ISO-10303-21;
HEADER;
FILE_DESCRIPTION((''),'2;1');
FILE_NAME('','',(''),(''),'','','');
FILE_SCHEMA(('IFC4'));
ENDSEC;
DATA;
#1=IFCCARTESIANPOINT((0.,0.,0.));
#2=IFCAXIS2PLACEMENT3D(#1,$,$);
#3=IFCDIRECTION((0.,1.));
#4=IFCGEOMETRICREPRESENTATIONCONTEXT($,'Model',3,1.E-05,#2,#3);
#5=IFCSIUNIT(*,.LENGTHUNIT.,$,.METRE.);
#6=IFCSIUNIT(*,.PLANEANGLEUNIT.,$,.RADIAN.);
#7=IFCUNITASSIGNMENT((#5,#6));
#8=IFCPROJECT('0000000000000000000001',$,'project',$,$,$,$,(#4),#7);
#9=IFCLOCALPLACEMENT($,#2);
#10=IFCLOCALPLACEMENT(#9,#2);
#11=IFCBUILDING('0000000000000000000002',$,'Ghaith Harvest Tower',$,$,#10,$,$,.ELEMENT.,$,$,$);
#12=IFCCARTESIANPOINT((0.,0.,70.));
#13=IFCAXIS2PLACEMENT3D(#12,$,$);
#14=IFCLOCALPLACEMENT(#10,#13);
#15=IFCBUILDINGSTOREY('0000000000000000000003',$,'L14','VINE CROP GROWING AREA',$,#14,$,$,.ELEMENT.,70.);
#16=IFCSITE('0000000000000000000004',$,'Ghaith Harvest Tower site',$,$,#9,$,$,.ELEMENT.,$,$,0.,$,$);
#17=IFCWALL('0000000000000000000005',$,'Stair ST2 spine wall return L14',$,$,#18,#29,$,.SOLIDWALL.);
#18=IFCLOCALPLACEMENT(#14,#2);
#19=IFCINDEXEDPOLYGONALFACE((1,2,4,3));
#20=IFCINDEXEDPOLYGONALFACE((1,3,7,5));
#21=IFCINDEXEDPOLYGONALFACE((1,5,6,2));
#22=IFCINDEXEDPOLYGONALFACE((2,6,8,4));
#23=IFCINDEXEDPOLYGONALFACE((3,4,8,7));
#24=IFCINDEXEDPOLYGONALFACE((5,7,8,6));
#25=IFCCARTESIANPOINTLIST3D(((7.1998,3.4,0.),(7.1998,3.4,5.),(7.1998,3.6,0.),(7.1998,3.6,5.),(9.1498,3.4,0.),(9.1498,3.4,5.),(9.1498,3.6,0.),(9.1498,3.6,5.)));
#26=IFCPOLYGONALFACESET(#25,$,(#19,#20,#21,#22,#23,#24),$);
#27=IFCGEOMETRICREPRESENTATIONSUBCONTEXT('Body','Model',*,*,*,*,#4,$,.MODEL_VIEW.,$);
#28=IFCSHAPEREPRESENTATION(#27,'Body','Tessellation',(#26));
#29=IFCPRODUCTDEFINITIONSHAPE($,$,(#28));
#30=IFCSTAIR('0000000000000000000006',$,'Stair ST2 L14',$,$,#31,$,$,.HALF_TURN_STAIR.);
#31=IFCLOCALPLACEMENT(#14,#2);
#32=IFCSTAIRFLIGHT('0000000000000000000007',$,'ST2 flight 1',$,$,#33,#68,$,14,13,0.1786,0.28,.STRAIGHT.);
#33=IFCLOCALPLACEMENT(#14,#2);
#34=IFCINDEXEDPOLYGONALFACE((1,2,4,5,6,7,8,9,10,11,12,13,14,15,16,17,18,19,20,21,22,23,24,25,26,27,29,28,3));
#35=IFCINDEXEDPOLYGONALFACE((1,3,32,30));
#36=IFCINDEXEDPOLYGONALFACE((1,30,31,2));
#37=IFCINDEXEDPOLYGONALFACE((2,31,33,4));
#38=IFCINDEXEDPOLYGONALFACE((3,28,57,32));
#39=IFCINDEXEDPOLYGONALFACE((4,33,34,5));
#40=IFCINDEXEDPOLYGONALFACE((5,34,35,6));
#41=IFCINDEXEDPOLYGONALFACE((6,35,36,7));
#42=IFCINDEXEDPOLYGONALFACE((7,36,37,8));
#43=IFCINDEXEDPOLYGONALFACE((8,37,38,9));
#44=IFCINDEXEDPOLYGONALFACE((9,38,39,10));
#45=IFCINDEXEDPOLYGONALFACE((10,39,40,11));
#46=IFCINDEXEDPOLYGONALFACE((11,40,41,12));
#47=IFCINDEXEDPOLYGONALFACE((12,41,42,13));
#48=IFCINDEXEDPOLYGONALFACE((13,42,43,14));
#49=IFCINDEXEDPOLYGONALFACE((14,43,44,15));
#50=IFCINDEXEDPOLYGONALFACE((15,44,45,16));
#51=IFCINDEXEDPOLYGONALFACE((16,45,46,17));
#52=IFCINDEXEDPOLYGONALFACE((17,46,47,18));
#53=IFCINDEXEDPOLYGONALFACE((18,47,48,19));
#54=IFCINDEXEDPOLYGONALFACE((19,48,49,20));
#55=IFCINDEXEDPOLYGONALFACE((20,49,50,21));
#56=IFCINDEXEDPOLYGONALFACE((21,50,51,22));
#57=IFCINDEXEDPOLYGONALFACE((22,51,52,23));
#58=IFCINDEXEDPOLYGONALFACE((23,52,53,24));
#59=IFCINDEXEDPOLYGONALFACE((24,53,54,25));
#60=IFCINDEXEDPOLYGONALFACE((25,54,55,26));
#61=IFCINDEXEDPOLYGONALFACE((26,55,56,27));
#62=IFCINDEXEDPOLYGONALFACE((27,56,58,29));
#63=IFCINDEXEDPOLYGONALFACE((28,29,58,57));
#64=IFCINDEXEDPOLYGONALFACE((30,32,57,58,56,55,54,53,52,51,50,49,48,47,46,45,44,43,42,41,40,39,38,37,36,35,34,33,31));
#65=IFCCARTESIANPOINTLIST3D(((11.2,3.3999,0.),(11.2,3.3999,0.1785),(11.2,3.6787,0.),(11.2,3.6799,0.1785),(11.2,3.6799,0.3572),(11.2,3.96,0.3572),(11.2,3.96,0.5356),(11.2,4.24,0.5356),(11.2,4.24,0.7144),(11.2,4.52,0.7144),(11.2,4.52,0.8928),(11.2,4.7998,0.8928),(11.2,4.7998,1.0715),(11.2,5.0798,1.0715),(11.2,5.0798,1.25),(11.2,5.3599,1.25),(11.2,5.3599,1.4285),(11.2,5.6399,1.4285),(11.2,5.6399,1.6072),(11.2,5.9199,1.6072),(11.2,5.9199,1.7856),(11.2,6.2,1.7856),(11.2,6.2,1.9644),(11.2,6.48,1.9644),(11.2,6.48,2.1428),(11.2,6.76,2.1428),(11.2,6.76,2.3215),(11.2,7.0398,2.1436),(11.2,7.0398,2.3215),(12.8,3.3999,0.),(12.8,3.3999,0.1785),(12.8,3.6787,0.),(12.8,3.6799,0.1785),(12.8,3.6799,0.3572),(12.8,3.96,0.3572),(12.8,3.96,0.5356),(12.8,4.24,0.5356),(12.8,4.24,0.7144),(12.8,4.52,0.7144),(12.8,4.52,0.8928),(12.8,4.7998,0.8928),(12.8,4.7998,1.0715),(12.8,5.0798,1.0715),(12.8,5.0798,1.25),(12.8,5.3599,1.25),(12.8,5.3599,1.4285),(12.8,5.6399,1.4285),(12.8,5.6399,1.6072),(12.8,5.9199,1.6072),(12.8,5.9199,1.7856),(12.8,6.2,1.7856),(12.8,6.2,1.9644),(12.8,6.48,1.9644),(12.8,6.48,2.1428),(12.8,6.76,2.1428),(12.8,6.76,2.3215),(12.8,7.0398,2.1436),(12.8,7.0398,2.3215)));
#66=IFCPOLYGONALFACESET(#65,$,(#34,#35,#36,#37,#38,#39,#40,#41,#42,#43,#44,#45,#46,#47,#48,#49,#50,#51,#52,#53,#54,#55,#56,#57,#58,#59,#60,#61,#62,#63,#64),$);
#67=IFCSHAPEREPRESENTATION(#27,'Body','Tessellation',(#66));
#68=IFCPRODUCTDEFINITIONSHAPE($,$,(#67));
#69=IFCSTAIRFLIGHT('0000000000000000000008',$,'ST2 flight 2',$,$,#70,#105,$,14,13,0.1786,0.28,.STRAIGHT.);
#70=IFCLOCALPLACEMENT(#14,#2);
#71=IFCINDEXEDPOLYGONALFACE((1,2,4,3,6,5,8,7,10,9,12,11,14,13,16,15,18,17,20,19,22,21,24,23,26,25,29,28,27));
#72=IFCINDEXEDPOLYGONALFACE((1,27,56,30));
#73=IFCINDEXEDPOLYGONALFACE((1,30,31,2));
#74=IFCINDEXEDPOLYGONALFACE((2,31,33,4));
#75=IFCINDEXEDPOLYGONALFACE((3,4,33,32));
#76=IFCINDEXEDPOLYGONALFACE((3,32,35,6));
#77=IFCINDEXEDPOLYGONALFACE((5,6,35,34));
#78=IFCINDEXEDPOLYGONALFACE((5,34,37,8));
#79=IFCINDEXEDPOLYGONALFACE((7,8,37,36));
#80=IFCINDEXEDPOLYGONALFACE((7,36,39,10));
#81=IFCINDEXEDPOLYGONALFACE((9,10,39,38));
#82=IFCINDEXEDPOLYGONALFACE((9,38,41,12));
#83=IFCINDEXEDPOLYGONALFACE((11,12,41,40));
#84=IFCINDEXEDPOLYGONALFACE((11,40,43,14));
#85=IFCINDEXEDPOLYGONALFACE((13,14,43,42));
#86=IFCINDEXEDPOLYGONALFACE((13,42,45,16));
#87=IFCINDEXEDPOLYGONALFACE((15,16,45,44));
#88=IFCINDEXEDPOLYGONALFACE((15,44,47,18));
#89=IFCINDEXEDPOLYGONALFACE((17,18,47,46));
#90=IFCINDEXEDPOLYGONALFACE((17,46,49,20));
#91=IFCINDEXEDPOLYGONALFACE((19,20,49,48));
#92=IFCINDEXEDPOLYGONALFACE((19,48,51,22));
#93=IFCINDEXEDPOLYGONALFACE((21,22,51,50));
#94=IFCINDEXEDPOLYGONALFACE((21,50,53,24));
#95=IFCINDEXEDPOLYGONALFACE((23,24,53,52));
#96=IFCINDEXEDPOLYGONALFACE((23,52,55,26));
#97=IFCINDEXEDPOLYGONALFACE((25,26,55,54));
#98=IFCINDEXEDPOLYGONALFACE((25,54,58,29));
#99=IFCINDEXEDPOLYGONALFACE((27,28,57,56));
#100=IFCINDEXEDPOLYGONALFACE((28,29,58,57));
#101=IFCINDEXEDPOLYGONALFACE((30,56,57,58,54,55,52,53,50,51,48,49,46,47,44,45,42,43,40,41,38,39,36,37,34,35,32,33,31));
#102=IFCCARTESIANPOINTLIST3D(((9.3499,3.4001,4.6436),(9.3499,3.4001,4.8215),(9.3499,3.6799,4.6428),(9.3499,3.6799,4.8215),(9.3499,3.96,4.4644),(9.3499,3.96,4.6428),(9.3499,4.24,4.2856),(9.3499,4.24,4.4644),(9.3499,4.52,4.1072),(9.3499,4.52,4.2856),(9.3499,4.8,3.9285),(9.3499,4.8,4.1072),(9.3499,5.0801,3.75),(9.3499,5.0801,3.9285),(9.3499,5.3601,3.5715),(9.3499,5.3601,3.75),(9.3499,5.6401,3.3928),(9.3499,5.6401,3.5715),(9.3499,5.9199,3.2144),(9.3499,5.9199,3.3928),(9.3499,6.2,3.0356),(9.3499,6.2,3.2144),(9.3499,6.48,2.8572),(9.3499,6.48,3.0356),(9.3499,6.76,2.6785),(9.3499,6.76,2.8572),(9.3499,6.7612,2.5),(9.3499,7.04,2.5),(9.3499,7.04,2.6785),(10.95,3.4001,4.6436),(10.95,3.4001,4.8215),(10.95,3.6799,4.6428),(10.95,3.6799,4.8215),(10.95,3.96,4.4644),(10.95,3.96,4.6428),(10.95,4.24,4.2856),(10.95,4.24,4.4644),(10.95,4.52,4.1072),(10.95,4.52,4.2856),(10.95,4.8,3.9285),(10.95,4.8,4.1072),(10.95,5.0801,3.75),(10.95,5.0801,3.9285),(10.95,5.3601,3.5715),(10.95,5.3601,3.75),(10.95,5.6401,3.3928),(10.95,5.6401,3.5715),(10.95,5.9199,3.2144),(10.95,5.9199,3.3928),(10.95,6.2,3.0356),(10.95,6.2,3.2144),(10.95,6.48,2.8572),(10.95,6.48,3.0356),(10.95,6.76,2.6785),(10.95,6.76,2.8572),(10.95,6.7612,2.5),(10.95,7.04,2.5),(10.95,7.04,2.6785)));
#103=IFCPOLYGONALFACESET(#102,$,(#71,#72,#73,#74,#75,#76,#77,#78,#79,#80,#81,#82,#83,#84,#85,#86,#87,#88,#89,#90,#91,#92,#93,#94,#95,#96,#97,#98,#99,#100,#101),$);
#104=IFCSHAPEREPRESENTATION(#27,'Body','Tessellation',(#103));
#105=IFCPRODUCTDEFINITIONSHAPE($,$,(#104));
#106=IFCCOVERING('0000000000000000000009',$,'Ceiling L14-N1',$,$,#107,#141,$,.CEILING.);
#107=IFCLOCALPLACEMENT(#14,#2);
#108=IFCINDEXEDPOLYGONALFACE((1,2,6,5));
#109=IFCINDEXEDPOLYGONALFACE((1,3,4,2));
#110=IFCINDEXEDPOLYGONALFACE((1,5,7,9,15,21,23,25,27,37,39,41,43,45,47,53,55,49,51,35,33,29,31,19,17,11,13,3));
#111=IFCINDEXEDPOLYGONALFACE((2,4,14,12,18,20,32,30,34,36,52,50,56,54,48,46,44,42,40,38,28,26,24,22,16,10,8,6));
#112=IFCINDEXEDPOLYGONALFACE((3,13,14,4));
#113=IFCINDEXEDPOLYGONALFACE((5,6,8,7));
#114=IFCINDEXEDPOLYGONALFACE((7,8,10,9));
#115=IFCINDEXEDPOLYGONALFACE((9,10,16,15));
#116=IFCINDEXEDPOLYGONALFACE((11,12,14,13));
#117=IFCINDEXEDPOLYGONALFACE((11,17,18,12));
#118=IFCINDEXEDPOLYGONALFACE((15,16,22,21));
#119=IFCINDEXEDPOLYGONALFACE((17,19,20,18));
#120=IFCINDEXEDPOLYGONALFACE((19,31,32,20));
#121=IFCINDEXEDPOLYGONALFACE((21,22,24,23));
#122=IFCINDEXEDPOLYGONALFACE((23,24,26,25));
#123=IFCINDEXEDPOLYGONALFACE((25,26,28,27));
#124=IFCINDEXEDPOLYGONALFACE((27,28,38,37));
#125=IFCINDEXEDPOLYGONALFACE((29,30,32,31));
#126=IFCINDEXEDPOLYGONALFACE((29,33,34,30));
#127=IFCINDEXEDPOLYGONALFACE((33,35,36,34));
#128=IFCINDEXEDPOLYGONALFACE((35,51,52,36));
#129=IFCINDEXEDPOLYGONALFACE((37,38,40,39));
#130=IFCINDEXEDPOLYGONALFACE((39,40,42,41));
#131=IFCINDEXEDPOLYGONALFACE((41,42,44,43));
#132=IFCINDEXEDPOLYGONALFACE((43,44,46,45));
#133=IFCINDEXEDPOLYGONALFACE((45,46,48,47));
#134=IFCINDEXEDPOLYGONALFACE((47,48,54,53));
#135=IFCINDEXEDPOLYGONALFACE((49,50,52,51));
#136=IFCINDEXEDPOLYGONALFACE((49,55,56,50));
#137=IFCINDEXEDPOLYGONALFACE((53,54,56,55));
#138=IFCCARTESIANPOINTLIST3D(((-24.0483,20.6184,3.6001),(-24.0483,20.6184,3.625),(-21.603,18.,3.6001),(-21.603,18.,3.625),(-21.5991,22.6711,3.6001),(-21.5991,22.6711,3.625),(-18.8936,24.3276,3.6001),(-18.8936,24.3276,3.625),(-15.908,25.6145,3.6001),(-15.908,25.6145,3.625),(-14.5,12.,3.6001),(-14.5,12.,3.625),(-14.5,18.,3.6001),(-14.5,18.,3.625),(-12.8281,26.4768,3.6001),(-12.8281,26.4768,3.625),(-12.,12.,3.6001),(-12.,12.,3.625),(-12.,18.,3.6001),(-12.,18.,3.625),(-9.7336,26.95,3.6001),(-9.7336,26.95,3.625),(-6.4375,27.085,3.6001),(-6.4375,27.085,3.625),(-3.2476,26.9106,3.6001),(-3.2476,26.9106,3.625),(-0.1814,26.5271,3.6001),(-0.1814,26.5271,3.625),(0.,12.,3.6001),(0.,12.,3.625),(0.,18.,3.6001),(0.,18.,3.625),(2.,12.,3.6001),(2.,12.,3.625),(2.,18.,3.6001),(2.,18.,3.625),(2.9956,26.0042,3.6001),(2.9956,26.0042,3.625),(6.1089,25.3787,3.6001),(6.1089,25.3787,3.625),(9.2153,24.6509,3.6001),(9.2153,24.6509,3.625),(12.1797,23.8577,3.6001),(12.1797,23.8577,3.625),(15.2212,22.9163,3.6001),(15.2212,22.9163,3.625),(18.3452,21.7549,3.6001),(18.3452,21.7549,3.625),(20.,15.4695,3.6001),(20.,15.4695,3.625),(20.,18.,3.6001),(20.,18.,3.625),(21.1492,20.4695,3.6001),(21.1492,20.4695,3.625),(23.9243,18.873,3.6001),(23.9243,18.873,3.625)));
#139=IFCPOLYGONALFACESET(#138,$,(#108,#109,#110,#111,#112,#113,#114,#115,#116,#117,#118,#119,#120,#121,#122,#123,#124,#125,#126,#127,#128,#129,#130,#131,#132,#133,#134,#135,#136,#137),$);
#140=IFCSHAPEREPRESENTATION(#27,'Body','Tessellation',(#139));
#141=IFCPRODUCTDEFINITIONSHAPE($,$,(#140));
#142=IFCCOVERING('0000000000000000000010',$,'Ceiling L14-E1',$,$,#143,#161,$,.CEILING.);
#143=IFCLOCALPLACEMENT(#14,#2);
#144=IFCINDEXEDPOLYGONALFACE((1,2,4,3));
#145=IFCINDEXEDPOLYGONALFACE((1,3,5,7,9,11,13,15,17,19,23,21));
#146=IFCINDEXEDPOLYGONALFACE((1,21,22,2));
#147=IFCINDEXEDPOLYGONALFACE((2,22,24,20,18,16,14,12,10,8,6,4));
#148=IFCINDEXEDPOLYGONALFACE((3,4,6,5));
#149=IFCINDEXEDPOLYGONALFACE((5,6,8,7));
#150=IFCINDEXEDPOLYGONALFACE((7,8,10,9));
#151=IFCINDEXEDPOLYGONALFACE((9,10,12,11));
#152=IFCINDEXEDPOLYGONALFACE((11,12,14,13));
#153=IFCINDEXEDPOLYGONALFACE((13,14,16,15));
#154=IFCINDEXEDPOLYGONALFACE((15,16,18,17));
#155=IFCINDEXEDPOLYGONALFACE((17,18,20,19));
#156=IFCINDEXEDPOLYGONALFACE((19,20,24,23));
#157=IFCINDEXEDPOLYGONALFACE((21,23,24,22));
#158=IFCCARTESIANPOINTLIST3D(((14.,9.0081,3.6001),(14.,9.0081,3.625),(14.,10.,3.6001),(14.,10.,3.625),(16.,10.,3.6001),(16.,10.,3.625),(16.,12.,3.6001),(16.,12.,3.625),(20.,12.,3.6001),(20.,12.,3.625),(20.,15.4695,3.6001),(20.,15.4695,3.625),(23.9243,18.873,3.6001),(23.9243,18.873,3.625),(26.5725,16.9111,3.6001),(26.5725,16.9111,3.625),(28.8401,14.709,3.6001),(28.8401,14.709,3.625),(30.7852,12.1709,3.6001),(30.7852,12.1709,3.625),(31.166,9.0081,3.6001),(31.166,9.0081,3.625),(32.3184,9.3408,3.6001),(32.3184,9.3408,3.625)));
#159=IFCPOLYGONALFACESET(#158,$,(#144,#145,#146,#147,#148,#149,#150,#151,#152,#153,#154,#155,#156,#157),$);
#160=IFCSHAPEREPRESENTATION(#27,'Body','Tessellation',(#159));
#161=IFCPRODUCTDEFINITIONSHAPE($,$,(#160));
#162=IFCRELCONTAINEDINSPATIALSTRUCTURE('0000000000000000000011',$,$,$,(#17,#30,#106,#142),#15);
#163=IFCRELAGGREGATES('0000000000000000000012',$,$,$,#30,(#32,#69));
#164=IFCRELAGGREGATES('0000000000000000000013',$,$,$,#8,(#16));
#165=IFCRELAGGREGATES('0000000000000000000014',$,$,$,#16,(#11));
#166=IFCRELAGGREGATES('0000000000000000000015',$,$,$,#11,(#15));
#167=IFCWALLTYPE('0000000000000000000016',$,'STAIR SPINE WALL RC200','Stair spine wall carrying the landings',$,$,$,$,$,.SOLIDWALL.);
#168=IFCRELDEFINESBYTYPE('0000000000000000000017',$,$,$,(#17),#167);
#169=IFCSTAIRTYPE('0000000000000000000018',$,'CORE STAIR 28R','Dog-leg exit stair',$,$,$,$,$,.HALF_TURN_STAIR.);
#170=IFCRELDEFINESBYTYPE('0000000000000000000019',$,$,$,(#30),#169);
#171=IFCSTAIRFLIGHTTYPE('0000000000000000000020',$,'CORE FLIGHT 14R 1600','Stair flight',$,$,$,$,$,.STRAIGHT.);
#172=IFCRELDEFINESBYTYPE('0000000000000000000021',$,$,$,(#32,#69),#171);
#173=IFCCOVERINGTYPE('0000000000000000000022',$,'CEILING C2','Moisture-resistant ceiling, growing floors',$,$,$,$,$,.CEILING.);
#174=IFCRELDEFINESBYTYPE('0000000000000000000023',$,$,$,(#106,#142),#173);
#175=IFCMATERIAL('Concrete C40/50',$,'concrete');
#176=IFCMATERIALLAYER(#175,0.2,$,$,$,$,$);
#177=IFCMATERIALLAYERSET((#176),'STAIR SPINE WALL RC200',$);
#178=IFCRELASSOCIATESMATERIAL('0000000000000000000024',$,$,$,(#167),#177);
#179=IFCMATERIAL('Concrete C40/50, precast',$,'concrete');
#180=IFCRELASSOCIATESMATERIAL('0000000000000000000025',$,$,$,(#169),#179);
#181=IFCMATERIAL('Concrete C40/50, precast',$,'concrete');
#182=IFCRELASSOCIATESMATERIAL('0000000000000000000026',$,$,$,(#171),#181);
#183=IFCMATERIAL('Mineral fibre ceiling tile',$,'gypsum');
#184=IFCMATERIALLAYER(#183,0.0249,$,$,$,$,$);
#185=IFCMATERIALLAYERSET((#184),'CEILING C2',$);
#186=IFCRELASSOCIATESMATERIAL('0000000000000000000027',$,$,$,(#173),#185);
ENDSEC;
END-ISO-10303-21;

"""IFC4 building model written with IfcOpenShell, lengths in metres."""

from ifc_helpers import new_model, si_unit, direction, frame, frame_2d, origin, place, context, subcontext, project, spatial, polyline, rectangle, outline, extrude, material, layer, layer_set, type_object, element, aggregate, save


model = new_model("IFC4")

# Units and contexts
model_context = context("Model", 3, precision=1e-05, world=origin(), true_north=direction((0.0, 1.0)))
body_context = subcontext(model_context, "Body", "Model", "MODEL_VIEW")
ifc_project = project(units=[si_unit("LENGTHUNIT", "METRE"), si_unit("PLANEANGLEUNIT", "RADIAN")], contexts=[model_context])

# Site, building, storey
site_placement = place(None, origin())
site = spatial("IfcSite", under=ifc_project, at=site_placement, Name="Ghaith Harvest Tower site", CompositionType="ELEMENT", RefElevation=0.0)
building_placement = place(site_placement, origin())
building = spatial("IfcBuilding", under=site, at=building_placement, Name="Ghaith Harvest Tower", CompositionType="ELEMENT")
storey_placement = place(building_placement, frame((0.0, 0.0, 70.0)))
storey = spatial("IfcBuildingStorey", under=building, at=storey_placement, Name="L14", Description="VINE CROP GROWING AREA", CompositionType="ELEMENT", Elevation=70.0)

# Wall
ifc_material_1 = material(Name="Concrete C40/50", Category="concrete")
ifc_layer_1 = layer(ifc_material_1, 0.2)
ifc_layer_set_1 = layer_set([ifc_layer_1], Name="STAIR SPINE WALL RC200")
wall_type_1 = type_object("IfcWallType", Name="STAIR SPINE WALL RC200", Description="Stair spine wall carrying the landings", PredefinedType="SOLIDWALL", material=ifc_layer_set_1)
wall_1_placement = place(storey_placement, frame((9.1499, 3.5, 0.0), z_axis=(0.0, 0.0, 1.0), x_axis=(-1.0, 0.0, 0.0)))
element("IfcWall", 1, at=wall_1_placement, inside=storey, type_object=wall_type_1, Name="Stair ST2 spine wall return L14", PredefinedType="SOLIDWALL", context=body_context, shape_type="SweptSolid", body=[
    extrude(rectangle(XDim=1.95, YDim=0.2, at=frame_2d((0.9751, 0.0))), origin(), (0.0, 0.0, 1.0), 5.0),
])

# Stair, stair flights
ifc_material_2 = material(Name="Concrete C40/50, precast", Category="concrete")
stair_type = type_object("IfcStairType", Name="CORE STAIR 28R", Description="Dog-leg exit stair", PredefinedType="HALF_TURN_STAIR", material=ifc_material_2)
stair_placement = place(storey_placement, origin())
stair = element("IfcStair", 2, at=stair_placement, inside=storey, type_object=stair_type, Name="Stair ST2 L14", PredefinedType="HALF_TURN_STAIR")
ifc_material_3 = material(Name="Concrete C40/50, precast", Category="concrete")
stair_flight_type = type_object("IfcStairFlightType", Name="CORE FLIGHT 14R 1600", Description="Stair flight", PredefinedType="STRAIGHT", material=ifc_material_3)
stair_flight_1_placement = place(storey_placement, frame((12.0, 3.3999, 0.0), z_axis=(0.0, 0.0, 1.0), x_axis=(0.0, 1.0, 0.0)))
stair_flight_1 = element("IfcStairFlight", 3, at=stair_flight_1_placement, type_object=stair_flight_type, Name="ST2 flight 1", NumberOfRisers=14, NumberOfTreads=13, PredefinedType="STRAIGHT", RiserHeight=0.1786, TreadLength=0.28, context=body_context, shape_type="SweptSolid", body=[
    extrude(outline(polyline([(0.0, 0.0), (0.0, 0.1785), (0.28, 0.1785), (0.28, 0.3572), (0.5601, 0.3572), (0.5601, 0.5356), (0.8401, 0.5356), (0.8401, 0.7144), (1.1201, 0.7144), (1.1201, 0.8928), (1.3999, 0.8928), (1.3999, 1.0715), (1.6799, 1.0715), (1.6799, 1.25), (1.96, 1.25), (1.96, 1.4285), (2.24, 1.4285), (2.24, 1.6072), (2.52, 1.6072), (2.52, 1.7856), (2.8, 1.7856), (2.8, 1.9644), (3.0801, 1.9644), (3.0801, 2.1428), (3.3601, 2.1428), (3.3601, 2.3215), (3.6399, 2.3215), (3.6399, 2.5), (3.6399, 2.1436), (0.2788, 0.0), (0.0, 0.0)])), frame((0.0, 0.8, 0.0), z_axis=(0.0, -1.0, 0.0), x_axis=(1.0, 0.0, 0.0)), (0.0, 0.0, 1.0), 1.6001),
])
stair_flight_2_placement = place(storey_placement, frame((10.1499, 7.04, 2.5), z_axis=(0.0, 0.0, 1.0), x_axis=(0.0, -1.0, 0.0)))
stair_flight_2 = element("IfcStairFlight", 4, at=stair_flight_2_placement, type_object=stair_flight_type, Name="ST2 flight 2", NumberOfRisers=14, NumberOfTreads=13, PredefinedType="STRAIGHT", RiserHeight=0.1786, TreadLength=0.28, context=body_context, shape_type="SweptSolid", body=[
    extrude(outline(polyline([(0.0, 0.0), (0.0, 0.1785), (0.28, 0.1785), (0.28, 0.3572), (0.5601, 0.3572), (0.5601, 0.5356), (0.8401, 0.5356), (0.8401, 0.7144), (1.1201, 0.7144), (1.1201, 0.8928), (1.3999, 0.8928), (1.3999, 1.0715), (1.6799, 1.0715), (1.6799, 1.25), (1.96, 1.25), (1.96, 1.4285), (2.24, 1.4285), (2.24, 1.6072), (2.52, 1.6072), (2.52, 1.7856), (2.8, 1.7856), (2.8, 1.9644), (3.0801, 1.9644), (3.0801, 2.1428), (3.3601, 2.1428), (3.3601, 2.3215), (3.6399, 2.3215), (3.6399, 2.5), (3.6399, 2.1436), (0.2788, 0.0), (0.0, 0.0)])), frame((0.0, 0.8, 0.0), z_axis=(0.0, -1.0, 0.0), x_axis=(1.0, 0.0, 0.0)), (0.0, 0.0, 1.0), 1.6001),
])
aggregate(stair, [stair_flight_1, stair_flight_2])

# Coverings
ifc_material_4 = material(Name="Mineral fibre ceiling tile", Category="gypsum")
ifc_layer_2 = layer(ifc_material_4, 0.0249)
ifc_layer_set_2 = layer_set([ifc_layer_2], Name="CEILING C2")
covering_type = type_object("IfcCoveringType", Name="CEILING C2", Description="Moisture-resistant ceiling, growing floors", PredefinedType="CEILING", material=ifc_layer_set_2)
covering_1_placement = place(storey_placement, frame((0.0, 0.0, 3.6001)))
element("IfcCovering", 5, at=covering_1_placement, inside=storey, type_object=covering_type, Name="Ceiling L14-N1", PredefinedType="CEILING", context=body_context, shape_type="SweptSolid", body=[
    extrude(outline(polyline([(-21.5991, 22.6711), (-18.8936, 24.3276), (-15.908, 25.6145), (-12.8281, 26.4768), (-9.7336, 26.95), (-6.4375, 27.085), (-3.2476, 26.9106), (-0.1814, 26.5271), (2.9956, 26.0042), (6.1089, 25.3787), (9.2153, 24.6509), (12.1797, 23.8577), (15.2212, 22.9163), (18.3452, 21.7549), (21.1492, 20.4695), (23.9243, 18.873), (20.0, 15.4695), (20.0, 18.0), (2.0, 18.0), (2.0, 12.0), (0.0, 12.0), (0.0, 18.0), (-12.0, 18.0), (-12.0, 12.0), (-14.5, 12.0), (-14.5, 18.0), (-21.603, 18.0), (-24.0483, 20.6184), (-21.5991, 22.6711)])), origin(), (0.0, 0.0, 1.0), 0.0249),
])
covering_2_placement = place(storey_placement, frame((0.0, 0.0, 3.6001)))
element("IfcCovering", 6, at=covering_2_placement, inside=storey, type_object=covering_type, Name="Ceiling L14-E1", PredefinedType="CEILING", context=body_context, shape_type="SweptSolid", body=[
    extrude(outline(polyline([(26.5725, 16.9111), (28.8401, 14.709), (30.7852, 12.1709), (32.3184, 9.3408), (32.3184, 9.3408), (31.166, 9.0081), (14.0, 9.0081), (14.0, 10.0), (16.0, 10.0), (16.0, 12.0), (20.0, 12.0), (20.0, 15.4695), (23.9243, 18.873), (26.5725, 16.9111)])), origin(), (0.0, 0.0, 1.0), 0.0249),
])

save(model, "model.ifc")
